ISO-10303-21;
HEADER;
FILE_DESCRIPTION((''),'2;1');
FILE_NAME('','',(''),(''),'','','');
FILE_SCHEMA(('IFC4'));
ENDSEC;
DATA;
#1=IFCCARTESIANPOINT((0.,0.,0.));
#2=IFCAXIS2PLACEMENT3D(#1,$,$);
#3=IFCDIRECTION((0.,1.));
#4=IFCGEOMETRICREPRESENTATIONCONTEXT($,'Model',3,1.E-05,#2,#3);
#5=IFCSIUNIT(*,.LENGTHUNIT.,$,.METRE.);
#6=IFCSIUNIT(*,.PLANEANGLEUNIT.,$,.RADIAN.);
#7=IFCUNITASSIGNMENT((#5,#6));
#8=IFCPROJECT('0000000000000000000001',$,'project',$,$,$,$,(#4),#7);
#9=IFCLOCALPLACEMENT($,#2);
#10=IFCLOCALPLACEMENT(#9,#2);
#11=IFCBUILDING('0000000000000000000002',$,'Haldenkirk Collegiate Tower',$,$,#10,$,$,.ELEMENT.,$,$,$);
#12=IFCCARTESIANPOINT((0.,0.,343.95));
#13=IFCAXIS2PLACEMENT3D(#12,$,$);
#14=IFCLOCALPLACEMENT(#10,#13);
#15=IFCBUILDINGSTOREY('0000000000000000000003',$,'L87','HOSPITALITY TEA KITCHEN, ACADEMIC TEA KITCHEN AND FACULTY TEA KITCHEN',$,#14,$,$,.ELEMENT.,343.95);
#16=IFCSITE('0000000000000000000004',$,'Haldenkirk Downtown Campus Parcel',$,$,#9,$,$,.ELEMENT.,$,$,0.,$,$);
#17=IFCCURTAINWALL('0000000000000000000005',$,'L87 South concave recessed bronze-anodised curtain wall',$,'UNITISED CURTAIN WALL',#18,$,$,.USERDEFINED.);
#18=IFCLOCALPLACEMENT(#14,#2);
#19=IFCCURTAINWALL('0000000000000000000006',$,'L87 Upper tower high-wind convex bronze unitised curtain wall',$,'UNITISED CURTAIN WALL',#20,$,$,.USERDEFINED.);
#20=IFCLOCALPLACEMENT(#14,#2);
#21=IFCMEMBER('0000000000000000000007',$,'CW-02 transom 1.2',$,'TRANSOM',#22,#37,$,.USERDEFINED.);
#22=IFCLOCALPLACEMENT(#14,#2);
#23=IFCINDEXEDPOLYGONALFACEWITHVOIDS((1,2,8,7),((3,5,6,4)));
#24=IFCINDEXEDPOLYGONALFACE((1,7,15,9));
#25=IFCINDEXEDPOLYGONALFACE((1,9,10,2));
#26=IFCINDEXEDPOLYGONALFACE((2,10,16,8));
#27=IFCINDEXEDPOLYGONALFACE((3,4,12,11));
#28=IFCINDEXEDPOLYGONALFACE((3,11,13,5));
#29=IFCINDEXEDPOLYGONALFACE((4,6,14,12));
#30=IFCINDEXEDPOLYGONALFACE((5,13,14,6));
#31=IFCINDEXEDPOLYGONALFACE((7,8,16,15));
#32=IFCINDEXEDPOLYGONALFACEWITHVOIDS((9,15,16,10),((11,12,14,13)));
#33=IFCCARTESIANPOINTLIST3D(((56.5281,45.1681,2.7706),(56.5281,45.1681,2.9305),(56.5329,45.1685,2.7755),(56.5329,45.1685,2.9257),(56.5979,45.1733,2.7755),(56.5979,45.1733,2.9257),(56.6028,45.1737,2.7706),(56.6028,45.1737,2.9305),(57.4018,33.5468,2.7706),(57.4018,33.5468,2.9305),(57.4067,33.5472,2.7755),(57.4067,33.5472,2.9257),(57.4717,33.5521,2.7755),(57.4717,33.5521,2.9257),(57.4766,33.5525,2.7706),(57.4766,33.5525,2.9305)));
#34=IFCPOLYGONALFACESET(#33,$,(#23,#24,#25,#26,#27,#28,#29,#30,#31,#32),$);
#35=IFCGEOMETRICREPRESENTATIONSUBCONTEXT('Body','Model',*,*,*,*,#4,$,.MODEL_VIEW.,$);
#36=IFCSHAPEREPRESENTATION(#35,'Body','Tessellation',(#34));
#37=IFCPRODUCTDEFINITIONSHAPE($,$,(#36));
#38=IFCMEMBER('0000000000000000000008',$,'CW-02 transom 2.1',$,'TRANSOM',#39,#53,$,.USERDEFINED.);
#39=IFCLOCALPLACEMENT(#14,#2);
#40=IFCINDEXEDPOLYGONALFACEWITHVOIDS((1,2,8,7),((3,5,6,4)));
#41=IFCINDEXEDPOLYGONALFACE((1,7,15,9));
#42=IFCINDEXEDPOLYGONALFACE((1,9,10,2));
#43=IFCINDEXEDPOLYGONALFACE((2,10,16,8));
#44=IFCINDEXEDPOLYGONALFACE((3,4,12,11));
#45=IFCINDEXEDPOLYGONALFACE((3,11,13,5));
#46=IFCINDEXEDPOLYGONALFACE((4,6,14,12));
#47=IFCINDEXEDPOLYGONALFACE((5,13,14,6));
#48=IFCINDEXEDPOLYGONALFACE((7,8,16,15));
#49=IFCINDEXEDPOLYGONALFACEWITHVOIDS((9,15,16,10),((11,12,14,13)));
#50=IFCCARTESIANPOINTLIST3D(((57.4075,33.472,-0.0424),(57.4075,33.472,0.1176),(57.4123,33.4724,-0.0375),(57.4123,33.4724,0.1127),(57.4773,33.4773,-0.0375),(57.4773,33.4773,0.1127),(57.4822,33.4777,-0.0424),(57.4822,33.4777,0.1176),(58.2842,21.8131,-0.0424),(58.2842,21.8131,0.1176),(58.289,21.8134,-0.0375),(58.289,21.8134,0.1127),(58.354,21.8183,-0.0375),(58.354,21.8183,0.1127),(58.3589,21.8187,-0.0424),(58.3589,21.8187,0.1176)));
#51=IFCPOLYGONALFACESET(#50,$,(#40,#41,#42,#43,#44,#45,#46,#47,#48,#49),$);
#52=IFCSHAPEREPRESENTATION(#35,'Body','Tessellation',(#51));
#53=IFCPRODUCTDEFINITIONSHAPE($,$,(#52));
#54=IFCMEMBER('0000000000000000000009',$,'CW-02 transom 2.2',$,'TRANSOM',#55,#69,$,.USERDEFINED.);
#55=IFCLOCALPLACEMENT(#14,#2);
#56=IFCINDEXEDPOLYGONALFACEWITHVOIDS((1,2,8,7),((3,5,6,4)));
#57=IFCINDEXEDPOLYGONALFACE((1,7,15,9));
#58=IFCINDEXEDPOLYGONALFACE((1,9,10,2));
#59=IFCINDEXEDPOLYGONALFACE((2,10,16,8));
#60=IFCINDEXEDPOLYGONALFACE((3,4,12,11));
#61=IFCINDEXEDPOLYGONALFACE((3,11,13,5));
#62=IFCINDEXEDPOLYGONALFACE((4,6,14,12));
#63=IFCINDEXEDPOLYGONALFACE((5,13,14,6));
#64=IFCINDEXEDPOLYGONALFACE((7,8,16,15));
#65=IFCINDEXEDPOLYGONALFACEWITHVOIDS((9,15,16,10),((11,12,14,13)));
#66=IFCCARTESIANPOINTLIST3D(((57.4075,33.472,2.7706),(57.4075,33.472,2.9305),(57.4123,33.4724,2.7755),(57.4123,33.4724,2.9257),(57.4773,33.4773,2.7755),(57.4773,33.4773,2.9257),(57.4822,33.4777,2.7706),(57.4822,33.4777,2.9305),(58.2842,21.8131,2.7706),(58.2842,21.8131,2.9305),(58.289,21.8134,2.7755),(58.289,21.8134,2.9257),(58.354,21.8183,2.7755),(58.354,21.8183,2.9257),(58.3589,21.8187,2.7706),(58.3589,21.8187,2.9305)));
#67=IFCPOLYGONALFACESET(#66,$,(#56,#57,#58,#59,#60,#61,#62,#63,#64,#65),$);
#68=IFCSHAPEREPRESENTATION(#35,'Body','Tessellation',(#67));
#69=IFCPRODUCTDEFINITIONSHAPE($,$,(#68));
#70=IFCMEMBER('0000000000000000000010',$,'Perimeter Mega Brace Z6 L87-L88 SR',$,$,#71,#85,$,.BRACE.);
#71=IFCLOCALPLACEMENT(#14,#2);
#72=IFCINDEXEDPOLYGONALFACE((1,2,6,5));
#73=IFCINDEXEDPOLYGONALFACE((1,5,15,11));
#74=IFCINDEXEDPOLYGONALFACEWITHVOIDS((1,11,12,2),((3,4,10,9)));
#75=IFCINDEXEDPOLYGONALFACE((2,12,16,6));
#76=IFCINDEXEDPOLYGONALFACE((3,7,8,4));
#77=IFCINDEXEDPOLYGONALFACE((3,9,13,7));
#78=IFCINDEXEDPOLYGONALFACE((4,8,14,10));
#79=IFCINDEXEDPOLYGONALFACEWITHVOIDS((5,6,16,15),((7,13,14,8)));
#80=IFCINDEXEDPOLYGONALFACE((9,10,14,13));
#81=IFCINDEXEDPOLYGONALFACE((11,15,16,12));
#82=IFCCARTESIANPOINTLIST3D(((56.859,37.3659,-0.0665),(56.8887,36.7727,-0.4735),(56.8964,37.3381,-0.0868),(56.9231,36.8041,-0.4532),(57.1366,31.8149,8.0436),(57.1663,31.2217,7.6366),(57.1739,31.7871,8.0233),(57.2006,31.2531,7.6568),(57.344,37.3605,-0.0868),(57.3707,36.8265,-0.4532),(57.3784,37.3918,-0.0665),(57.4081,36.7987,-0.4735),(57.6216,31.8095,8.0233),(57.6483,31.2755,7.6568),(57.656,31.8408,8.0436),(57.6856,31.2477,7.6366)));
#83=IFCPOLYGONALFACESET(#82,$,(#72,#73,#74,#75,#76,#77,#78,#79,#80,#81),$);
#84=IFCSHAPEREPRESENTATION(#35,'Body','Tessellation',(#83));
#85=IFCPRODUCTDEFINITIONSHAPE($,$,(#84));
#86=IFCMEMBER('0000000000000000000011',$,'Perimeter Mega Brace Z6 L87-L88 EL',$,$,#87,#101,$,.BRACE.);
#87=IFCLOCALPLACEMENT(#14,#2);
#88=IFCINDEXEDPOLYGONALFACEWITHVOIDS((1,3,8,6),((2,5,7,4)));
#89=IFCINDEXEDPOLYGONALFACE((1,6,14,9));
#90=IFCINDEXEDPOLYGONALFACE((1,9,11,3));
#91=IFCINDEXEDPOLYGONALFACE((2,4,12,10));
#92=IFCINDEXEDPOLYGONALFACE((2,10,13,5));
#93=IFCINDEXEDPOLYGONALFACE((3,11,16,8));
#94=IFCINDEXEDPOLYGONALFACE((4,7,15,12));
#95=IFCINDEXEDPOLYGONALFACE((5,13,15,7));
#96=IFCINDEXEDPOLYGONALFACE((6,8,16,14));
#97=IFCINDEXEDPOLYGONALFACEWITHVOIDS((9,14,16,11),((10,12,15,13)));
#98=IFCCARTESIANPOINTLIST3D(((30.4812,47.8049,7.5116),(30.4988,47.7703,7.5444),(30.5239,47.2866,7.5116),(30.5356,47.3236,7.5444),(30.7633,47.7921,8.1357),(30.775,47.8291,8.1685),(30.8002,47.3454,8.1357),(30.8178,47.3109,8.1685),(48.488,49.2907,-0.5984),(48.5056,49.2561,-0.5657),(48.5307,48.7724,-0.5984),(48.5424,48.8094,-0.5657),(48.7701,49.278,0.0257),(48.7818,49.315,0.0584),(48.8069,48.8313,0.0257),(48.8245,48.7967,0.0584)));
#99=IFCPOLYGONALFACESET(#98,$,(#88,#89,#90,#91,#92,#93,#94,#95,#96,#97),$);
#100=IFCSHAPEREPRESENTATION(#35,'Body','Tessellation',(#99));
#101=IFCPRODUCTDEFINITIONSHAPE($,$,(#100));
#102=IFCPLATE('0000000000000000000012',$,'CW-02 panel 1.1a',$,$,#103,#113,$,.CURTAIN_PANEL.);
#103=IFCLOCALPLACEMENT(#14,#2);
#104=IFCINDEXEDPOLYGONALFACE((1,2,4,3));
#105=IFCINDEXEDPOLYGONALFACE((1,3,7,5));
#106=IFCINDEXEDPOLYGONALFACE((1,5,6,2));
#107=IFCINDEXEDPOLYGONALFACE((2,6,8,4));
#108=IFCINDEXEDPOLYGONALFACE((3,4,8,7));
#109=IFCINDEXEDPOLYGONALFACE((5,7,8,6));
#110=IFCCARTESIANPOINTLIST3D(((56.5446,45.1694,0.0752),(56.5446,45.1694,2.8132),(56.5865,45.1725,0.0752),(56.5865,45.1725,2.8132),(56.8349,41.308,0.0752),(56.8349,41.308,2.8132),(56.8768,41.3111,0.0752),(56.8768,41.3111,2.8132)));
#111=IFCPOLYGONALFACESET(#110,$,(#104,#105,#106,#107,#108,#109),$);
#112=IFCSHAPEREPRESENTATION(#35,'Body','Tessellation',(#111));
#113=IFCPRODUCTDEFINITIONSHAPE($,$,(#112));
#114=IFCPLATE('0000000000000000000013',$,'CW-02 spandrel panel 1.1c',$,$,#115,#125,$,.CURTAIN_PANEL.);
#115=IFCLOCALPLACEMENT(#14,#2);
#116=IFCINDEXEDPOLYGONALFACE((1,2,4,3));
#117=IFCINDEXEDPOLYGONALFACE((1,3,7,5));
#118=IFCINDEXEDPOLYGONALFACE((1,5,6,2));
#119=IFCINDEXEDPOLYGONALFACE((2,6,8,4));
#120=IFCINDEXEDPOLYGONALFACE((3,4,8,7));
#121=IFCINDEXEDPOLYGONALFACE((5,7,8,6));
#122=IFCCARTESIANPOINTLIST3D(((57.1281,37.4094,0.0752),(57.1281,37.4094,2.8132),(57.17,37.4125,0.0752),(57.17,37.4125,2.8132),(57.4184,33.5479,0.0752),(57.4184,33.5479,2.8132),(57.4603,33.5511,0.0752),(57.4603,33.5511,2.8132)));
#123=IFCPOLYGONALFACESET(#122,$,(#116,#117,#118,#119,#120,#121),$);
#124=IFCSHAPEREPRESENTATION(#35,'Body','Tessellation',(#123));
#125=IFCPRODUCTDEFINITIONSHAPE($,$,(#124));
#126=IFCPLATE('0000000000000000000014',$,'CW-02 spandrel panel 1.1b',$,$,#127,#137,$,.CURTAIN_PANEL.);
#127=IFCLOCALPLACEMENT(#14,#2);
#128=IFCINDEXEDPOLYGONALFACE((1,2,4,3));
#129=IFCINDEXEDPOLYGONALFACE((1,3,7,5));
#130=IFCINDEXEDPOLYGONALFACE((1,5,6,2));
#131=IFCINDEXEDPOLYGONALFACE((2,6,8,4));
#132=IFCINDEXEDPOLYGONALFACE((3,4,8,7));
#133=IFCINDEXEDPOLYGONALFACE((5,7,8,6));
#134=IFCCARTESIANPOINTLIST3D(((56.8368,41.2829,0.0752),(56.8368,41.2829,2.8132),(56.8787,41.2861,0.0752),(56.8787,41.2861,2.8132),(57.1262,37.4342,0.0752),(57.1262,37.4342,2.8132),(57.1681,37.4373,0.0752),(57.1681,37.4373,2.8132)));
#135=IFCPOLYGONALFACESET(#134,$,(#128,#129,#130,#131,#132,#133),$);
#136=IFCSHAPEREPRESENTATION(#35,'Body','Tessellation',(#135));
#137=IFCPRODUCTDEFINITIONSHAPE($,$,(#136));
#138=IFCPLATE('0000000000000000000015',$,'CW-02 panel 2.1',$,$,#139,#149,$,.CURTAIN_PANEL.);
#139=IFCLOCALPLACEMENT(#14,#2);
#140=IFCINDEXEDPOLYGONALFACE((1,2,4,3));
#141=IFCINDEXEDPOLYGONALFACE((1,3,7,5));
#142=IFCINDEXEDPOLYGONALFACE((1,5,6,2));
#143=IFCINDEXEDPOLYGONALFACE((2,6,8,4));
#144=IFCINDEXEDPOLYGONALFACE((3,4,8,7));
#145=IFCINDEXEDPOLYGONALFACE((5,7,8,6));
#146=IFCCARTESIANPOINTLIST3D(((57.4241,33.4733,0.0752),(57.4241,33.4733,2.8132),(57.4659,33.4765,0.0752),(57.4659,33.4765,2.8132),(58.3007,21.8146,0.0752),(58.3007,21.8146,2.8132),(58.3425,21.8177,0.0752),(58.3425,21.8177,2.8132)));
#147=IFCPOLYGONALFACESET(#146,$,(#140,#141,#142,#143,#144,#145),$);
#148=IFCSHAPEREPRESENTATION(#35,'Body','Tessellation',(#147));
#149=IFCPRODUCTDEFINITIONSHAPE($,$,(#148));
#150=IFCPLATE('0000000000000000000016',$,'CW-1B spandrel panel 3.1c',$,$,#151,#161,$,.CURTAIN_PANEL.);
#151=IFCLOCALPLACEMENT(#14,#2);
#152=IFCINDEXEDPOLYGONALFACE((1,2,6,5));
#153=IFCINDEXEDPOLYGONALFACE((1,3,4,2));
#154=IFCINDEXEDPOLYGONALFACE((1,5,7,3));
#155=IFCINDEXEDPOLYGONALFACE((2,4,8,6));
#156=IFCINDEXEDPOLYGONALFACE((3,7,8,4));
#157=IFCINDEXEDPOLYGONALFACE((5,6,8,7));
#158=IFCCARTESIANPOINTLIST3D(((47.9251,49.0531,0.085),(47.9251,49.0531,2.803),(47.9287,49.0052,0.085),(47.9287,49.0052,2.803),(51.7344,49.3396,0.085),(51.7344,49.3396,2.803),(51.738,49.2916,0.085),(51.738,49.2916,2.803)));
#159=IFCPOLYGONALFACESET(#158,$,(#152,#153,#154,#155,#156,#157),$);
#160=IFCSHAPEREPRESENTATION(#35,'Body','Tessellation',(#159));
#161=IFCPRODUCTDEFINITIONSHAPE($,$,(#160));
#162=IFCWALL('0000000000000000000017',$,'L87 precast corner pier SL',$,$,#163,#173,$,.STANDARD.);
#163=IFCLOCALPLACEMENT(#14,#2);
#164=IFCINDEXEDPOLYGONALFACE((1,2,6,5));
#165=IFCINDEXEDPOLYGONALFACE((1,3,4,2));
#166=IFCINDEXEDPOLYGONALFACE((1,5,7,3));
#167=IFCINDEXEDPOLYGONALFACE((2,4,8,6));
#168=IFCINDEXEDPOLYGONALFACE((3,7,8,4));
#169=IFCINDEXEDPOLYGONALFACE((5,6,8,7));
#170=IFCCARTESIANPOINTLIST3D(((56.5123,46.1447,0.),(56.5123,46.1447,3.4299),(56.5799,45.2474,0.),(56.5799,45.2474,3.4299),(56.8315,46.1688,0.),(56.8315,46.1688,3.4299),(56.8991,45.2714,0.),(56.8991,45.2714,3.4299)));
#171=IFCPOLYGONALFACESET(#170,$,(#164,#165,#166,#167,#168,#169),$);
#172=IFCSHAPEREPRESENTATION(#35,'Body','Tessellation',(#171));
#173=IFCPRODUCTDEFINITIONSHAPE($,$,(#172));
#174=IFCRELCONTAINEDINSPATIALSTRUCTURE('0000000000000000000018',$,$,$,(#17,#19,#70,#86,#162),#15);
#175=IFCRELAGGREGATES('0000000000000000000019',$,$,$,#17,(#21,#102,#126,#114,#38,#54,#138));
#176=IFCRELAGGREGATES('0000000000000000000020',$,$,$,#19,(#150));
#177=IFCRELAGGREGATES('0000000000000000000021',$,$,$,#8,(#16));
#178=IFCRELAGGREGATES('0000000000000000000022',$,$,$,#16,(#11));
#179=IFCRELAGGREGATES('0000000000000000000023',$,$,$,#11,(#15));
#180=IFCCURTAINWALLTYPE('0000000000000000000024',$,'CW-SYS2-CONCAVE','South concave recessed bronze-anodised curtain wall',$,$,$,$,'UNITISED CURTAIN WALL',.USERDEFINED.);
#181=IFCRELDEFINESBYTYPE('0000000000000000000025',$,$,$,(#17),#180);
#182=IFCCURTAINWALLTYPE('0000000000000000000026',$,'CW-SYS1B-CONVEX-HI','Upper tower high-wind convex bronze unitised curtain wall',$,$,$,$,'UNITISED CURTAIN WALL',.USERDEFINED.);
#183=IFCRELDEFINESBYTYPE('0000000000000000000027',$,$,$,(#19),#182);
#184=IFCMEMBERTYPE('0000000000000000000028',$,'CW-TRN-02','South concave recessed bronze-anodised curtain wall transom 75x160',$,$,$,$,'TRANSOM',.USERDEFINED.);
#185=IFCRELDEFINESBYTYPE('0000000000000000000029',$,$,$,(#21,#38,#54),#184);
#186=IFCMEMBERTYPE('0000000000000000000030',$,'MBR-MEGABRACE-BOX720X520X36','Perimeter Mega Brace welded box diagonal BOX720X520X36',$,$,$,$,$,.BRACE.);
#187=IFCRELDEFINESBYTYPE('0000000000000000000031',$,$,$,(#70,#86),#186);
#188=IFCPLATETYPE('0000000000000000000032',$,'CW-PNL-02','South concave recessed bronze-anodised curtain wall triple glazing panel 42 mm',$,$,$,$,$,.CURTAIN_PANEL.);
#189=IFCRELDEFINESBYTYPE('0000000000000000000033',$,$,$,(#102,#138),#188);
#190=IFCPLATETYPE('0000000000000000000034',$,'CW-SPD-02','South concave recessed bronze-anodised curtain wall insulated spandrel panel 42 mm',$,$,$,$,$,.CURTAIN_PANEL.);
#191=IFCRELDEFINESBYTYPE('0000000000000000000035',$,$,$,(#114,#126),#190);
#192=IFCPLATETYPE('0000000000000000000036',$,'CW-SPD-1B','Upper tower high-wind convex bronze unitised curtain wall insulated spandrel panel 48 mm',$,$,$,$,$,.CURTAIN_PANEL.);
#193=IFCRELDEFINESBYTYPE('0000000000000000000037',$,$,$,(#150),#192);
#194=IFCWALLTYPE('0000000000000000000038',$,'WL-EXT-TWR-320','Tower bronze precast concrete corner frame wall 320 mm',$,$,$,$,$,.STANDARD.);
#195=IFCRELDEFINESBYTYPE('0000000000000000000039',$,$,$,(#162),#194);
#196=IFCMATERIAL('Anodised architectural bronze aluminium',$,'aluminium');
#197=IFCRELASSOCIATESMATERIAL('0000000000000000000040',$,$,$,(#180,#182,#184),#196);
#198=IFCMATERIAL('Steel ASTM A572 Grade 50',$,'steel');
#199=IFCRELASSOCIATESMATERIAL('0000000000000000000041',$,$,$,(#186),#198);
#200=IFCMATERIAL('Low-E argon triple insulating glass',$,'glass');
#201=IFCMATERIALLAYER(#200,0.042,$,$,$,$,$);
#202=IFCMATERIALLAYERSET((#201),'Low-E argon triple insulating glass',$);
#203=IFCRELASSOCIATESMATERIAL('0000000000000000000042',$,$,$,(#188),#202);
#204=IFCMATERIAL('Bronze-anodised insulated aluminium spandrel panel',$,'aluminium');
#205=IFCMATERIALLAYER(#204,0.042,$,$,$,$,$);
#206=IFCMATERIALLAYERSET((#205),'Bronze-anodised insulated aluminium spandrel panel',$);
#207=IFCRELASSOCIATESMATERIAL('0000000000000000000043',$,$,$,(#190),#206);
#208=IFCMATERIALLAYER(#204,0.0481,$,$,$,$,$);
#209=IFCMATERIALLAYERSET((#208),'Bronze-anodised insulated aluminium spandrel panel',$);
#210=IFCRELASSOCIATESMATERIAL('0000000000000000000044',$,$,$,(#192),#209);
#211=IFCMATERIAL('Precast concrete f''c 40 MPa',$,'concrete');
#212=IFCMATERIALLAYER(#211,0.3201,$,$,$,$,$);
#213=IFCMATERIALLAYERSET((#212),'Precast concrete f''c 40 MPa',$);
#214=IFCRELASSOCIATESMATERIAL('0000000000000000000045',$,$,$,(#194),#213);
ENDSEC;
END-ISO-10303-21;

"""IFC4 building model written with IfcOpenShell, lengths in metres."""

from ifc_helpers import new_model, si_unit, direction, frame, frame_2d, origin, origin_2d, place, context, subcontext, project, spatial, rectangle, hollow_rectangle, extrude, source, transform, mapped, material, layer, layer_set, material_profile, profile_set, type_object, element, aggregate, save


model = new_model("IFC4")

# Units and contexts
model_context = context("Model", 3, precision=1e-05, world=origin(), true_north=direction((0.0, 1.0)))
body_context = subcontext(model_context, "Body", "Model", "MODEL_VIEW")
ifc_project = project(units=[si_unit("LENGTHUNIT", "METRE"), si_unit("PLANEANGLEUNIT", "RADIAN")], contexts=[model_context])

# Site, building, storey
site_placement = place(None, origin())
site = spatial("IfcSite", under=ifc_project, at=site_placement, Name="Haldenkirk Downtown Campus Parcel", CompositionType="ELEMENT", RefElevation=0.0)
building_placement = place(site_placement, origin())
building = spatial("IfcBuilding", under=site, at=building_placement, Name="Haldenkirk Collegiate Tower", CompositionType="ELEMENT")
storey_placement = place(building_placement, frame((0.0, 0.0, 343.95)))
storey = spatial("IfcBuildingStorey", under=building, at=storey_placement, Name="L87", Description="HOSPITALITY TEA KITCHEN, ACADEMIC TEA KITCHEN AND FACULTY TEA KITCHEN", CompositionType="ELEMENT", Elevation=343.95)

# Shared definitions
ifc_material_1 = material(Name="Steel ASTM A572 Grade 50", Category="steel")

# Curtain wall
ifc_material_2 = material(Name="Anodised architectural bronze aluminium", Category="aluminium")
curtain_wall_type_1 = type_object("IfcCurtainWallType", Name="CW-SYS2-CONCAVE", Description="South concave recessed bronze-anodised curtain wall", ElementType="UNITISED CURTAIN WALL", PredefinedType="USERDEFINED", material=ifc_material_2)
curtain_wall_1_placement = place(storey_placement, origin())
curtain_wall_1 = element("IfcCurtainWall", 1, at=curtain_wall_1_placement, inside=storey, type_object=curtain_wall_type_1, Name="L87 South concave recessed bronze-anodised curtain wall", ObjectType="UNITISED CURTAIN WALL", PredefinedType="USERDEFINED")

# Curtain wall
curtain_wall_type_2 = type_object("IfcCurtainWallType", Name="CW-SYS1B-CONVEX-HI", Description="Upper tower high-wind convex bronze unitised curtain wall", ElementType="UNITISED CURTAIN WALL", PredefinedType="USERDEFINED", material=ifc_material_2)
curtain_wall_2_placement = place(storey_placement, origin())
curtain_wall_2 = element("IfcCurtainWall", 2, at=curtain_wall_2_placement, inside=storey, type_object=curtain_wall_type_2, Name="L87 Upper tower high-wind convex bronze unitised curtain wall", ObjectType="UNITISED CURTAIN WALL", PredefinedType="USERDEFINED")

# Members
ifc_material_profile_1 = material_profile(ifc_material_2, hollow_rectangle(XDim=0.075, YDim=0.1599, WallThickness=0.0049, at=origin_2d()), Name="CW-TRN-02")
ifc_profile_set_1 = profile_set([ifc_material_profile_1], Name="Anodised architectural bronze aluminium")
member_type_1 = type_object("IfcMemberType", Name="CW-TRN-02", Description="South concave recessed bronze-anodised curtain wall transom 75x160", ElementType="TRANSOM", PredefinedType="USERDEFINED", material=ifc_profile_set_1)
member_1_placement = place(storey_placement, frame((56.5654, 45.1709, 2.8506), z_axis=(0.074976, -0.997185, 0.0), x_axis=(0.997185, 0.074976, 0.0)))
member_1 = element("IfcMember", 3, at=member_1_placement, type_object=member_type_1, Name="CW-02 transom 1.2", ObjectType="TRANSOM", PredefinedType="USERDEFINED", context=body_context, shape_type="SweptSolid", body=[
    extrude(hollow_rectangle(XDim=0.075, YDim=0.1599, WallThickness=0.0049, at=origin_2d()), origin(), (0.0, 0.0, 1.0), 11.6541),
])
member_2_placement = place(storey_placement, frame((57.4448, 33.4749, 0.0376), z_axis=(0.074985, -0.997185, 0.0), x_axis=(0.997185, 0.074985, 0.0)))
member_2 = element("IfcMember", 4, at=member_2_placement, type_object=member_type_1, Name="CW-02 transom 2.1", ObjectType="TRANSOM", PredefinedType="USERDEFINED", context=body_context, shape_type="SweptSolid", body=[
    extrude(hollow_rectangle(XDim=0.075, YDim=0.1599, WallThickness=0.0049, at=origin_2d()), origin(), (0.0, 0.0, 1.0), 11.6919),
])
member_3_placement = place(storey_placement, frame((57.4448, 33.4749, 2.8506), z_axis=(0.074985, -0.997185, 0.0), x_axis=(0.997185, 0.074985, 0.0)))
member_3 = element("IfcMember", 5, at=member_3_placement, type_object=member_type_1, Name="CW-02 transom 2.2", ObjectType="TRANSOM", PredefinedType="USERDEFINED", context=body_context, shape_type="SweptSolid", body=[
    extrude(hollow_rectangle(XDim=0.075, YDim=0.1599, WallThickness=0.0049, at=origin_2d()), origin(), (0.0, 0.0, 1.0), 11.6919),
])

# Members
ifc_material_profile_2 = material_profile(ifc_material_1, hollow_rectangle(XDim=0.52, YDim=0.72, WallThickness=0.0359, at=origin_2d()), Name="BOX720X520X36")
ifc_profile_set_2 = profile_set([ifc_material_profile_2], Name="Steel ASTM A572 Grade 50")
member_type_2 = type_object("IfcMemberType", Name="MBR-MEGABRACE-BOX720X520X36", Description="Perimeter Mega Brace welded box diagonal BOX720X520X36", PredefinedType="BRACE", material=ifc_profile_set_2)
member_4_placement = place(storey_placement, frame((57.1335, 37.0823, -0.27), z_axis=(0.028234, -0.564598, 0.824883), x_axis=(0.998752, 0.049944, 0.0)))
element("IfcMember", 6, at=member_4_placement, inside=storey, type_object=member_type_2, Name="Perimeter Mega Brace Z6 L87-L88 SR", PredefinedType="BRACE", context=body_context, shape_type="SweptSolid", body=[
    extrude(hollow_rectangle(XDim=0.52, YDim=0.72, WallThickness=0.0359, at=origin_2d()), origin(), (0.0, 0.0, 1.0), 9.8318),
])
member_5_placement = place(storey_placement, frame((48.6562, 49.0437, -0.27), z_axis=(-0.909219, -0.075024, 0.409503), x_axis=(0.082236, -0.996613, 0.0)))
element("IfcMember", 7, at=member_5_placement, inside=storey, type_object=member_type_2, Name="Perimeter Mega Brace Z6 L87-L88 EL", PredefinedType="BRACE", context=body_context, shape_type="SweptSolid", body=[
    extrude(hollow_rectangle(XDim=0.52, YDim=0.72, WallThickness=0.0359, at=origin_2d()), origin(), (0.0, 0.0, 1.0), 19.8047),
])

# Plates
ifc_material_3 = material(Name="Low-E argon triple insulating glass", Category="glass")
ifc_layer_1 = layer(ifc_material_3, 0.042)
ifc_layer_set_1 = layer_set([ifc_layer_1], Name="Low-E argon triple insulating glass")
plate_type_1 = type_object("IfcPlateType", Name="CW-PNL-02", Description="South concave recessed bronze-anodised curtain wall triple glazing panel 42 mm", PredefinedType="CURTAIN_PANEL", material=ifc_layer_set_1)
shared_shape_1 = source(origin(), body_context, "Body", "SweptSolid", [
    extrude(rectangle(XDim=3.8723, YDim=0.042, at=origin_2d()), origin(), (0.0, 0.0, 1.0), 2.738),
])
plate_1_placement = place(storey_placement, frame((56.7107, 43.2402, 0.0752), z_axis=(0.0, 0.0, 1.0), x_axis=(0.074977, -0.997185, 0.0)))
plate_1 = element("IfcPlate", 8, at=plate_1_placement, type_object=plate_type_1, Name="CW-02 panel 1.1a", PredefinedType="CURTAIN_PANEL", context=body_context, shape_type="MappedRepresentation", body=[
    mapped(shared_shape_1, transform((0.0, 0.0, 0.0), x_axis=(1.0, 0.0, 0.0), y_axis=(0.0, 1.0, 0.0), z_axis=(0.0, 0.0, 1.0), scale=1.0)),
])
ifc_material_4 = material(Name="Bronze-anodised insulated aluminium spandrel panel", Category="aluminium")
ifc_layer_2 = layer(ifc_material_4, 0.042)
ifc_layer_set_2 = layer_set([ifc_layer_2], Name="Bronze-anodised insulated aluminium spandrel panel")
plate_type_2 = type_object("IfcPlateType", Name="CW-SPD-02", Description="South concave recessed bronze-anodised curtain wall insulated spandrel panel 42 mm", PredefinedType="CURTAIN_PANEL", material=ifc_layer_set_2)
plate_2_placement = place(storey_placement, frame((57.2942, 35.4802, 0.0752), z_axis=(0.0, 0.0, 1.0), x_axis=(0.074977, -0.997185, 0.0)))
plate_2 = element("IfcPlate", 9, at=plate_2_placement, type_object=plate_type_2, Name="CW-02 spandrel panel 1.1c", PredefinedType="CURTAIN_PANEL", context=body_context, shape_type="MappedRepresentation", body=[
    mapped(shared_shape_1, transform((0.0, 0.0, 0.0), x_axis=(1.0, 0.0, 0.0), y_axis=(0.0, 1.0, 0.0), z_axis=(0.0, 0.0, 1.0), scale=1.0)),
])
shared_shape_2 = source(origin(), body_context, "Body", "SweptSolid", [
    extrude(rectangle(XDim=3.8596, YDim=0.042, at=origin_2d()), origin(), (0.0, 0.0, 1.0), 2.738),
])
plate_3_placement = place(storey_placement, frame((57.0024, 39.3601, 0.0752), z_axis=(0.0, 0.0, 1.0), x_axis=(0.074977, -0.997185, 0.0)))
plate_3 = element("IfcPlate", 10, at=plate_3_placement, type_object=plate_type_2, Name="CW-02 spandrel panel 1.1b", PredefinedType="CURTAIN_PANEL", context=body_context, shape_type="MappedRepresentation", body=[
    mapped(shared_shape_2, transform((0.0, 0.0, 0.0), x_axis=(1.0, 0.0, 0.0), y_axis=(0.0, 1.0, 0.0), z_axis=(0.0, 0.0, 1.0), scale=1.0)),
])
shared_shape_3 = source(origin(), body_context, "Body", "SweptSolid", [
    extrude(rectangle(XDim=11.6917, YDim=0.042, at=origin_2d()), origin(), (0.0, 0.0, 1.0), 2.738),
])
plate_4_placement = place(storey_placement, frame((57.8833, 27.6455, 0.0752), z_axis=(0.0, 0.0, 1.0), x_axis=(0.074977, -0.997185, 0.0)))
plate_4 = element("IfcPlate", 11, at=plate_4_placement, type_object=plate_type_1, Name="CW-02 panel 2.1", PredefinedType="CURTAIN_PANEL", context=body_context, shape_type="MappedRepresentation", body=[
    mapped(shared_shape_3, transform((0.0, 0.0, 0.0), x_axis=(1.0, 0.0, 0.0), y_axis=(0.0, 1.0, 0.0), z_axis=(0.0, 0.0, 1.0), scale=1.0)),
])
aggregate(curtain_wall_1, [member_1, plate_1, plate_3, plate_2, member_2, member_3, plate_4])
ifc_layer_3 = layer(ifc_material_4, 0.0481)
ifc_layer_set_3 = layer_set([ifc_layer_3], Name="Bronze-anodised insulated aluminium spandrel panel")
plate_type_3 = type_object("IfcPlateType", Name="CW-SPD-1B", Description="Upper tower high-wind convex bronze unitised curtain wall insulated spandrel panel 48 mm", PredefinedType="CURTAIN_PANEL", material=ifc_layer_set_3)
shared_shape_4 = source(origin(), body_context, "Body", "SweptSolid", [
    extrude(rectangle(XDim=3.8201, YDim=0.0481, at=origin_2d()), origin(), (0.0, 0.0, 1.0), 2.718),
])
plate_5_placement = place(storey_placement, frame((49.8315, 49.1724, 0.085), z_axis=(0.0, 0.0, 1.0), x_axis=(0.997185, 0.074979, 0.0)))
plate_5 = element("IfcPlate", 12, at=plate_5_placement, type_object=plate_type_3, Name="CW-1B spandrel panel 3.1c", PredefinedType="CURTAIN_PANEL", context=body_context, shape_type="MappedRepresentation", body=[
    mapped(shared_shape_4, transform((0.0, 0.0, 0.0), x_axis=(1.0, 0.0, 0.0), y_axis=(0.0, 1.0, 0.0), z_axis=(0.0, 0.0, 1.0), scale=1.0)),
])
aggregate(curtain_wall_2, [plate_5])

# Wall
ifc_material_5 = material(Name="Precast concrete f'c 40 MPa", Category="concrete")
ifc_layer_4 = layer(ifc_material_5, 0.3201)
ifc_layer_set_4 = layer_set([ifc_layer_4], Name="Precast concrete f'c 40 MPa")
wall_type_1 = type_object("IfcWallType", Name="WL-EXT-TWR-320", Description="Tower bronze precast concrete corner frame wall 320 mm", PredefinedType="STANDARD", material=ifc_layer_set_4)
wall_1_placement = place(storey_placement, frame((56.6719, 46.1567, 0.0), z_axis=(0.0, 0.0, 1.0), x_axis=(0.075141, -0.997173, 0.0)))
element("IfcWall", 13, at=wall_1_placement, inside=storey, type_object=wall_type_1, Name="L87 precast corner pier SL", PredefinedType="STANDARD", context=body_context, shape_type="SweptSolid", body=[
    extrude(rectangle(XDim=0.8999, YDim=0.3201, at=frame_2d((0.45, 0.0))), origin(), (0.0, 0.0, 1.0), 3.4299),
])

save(model, "model.ifc")
